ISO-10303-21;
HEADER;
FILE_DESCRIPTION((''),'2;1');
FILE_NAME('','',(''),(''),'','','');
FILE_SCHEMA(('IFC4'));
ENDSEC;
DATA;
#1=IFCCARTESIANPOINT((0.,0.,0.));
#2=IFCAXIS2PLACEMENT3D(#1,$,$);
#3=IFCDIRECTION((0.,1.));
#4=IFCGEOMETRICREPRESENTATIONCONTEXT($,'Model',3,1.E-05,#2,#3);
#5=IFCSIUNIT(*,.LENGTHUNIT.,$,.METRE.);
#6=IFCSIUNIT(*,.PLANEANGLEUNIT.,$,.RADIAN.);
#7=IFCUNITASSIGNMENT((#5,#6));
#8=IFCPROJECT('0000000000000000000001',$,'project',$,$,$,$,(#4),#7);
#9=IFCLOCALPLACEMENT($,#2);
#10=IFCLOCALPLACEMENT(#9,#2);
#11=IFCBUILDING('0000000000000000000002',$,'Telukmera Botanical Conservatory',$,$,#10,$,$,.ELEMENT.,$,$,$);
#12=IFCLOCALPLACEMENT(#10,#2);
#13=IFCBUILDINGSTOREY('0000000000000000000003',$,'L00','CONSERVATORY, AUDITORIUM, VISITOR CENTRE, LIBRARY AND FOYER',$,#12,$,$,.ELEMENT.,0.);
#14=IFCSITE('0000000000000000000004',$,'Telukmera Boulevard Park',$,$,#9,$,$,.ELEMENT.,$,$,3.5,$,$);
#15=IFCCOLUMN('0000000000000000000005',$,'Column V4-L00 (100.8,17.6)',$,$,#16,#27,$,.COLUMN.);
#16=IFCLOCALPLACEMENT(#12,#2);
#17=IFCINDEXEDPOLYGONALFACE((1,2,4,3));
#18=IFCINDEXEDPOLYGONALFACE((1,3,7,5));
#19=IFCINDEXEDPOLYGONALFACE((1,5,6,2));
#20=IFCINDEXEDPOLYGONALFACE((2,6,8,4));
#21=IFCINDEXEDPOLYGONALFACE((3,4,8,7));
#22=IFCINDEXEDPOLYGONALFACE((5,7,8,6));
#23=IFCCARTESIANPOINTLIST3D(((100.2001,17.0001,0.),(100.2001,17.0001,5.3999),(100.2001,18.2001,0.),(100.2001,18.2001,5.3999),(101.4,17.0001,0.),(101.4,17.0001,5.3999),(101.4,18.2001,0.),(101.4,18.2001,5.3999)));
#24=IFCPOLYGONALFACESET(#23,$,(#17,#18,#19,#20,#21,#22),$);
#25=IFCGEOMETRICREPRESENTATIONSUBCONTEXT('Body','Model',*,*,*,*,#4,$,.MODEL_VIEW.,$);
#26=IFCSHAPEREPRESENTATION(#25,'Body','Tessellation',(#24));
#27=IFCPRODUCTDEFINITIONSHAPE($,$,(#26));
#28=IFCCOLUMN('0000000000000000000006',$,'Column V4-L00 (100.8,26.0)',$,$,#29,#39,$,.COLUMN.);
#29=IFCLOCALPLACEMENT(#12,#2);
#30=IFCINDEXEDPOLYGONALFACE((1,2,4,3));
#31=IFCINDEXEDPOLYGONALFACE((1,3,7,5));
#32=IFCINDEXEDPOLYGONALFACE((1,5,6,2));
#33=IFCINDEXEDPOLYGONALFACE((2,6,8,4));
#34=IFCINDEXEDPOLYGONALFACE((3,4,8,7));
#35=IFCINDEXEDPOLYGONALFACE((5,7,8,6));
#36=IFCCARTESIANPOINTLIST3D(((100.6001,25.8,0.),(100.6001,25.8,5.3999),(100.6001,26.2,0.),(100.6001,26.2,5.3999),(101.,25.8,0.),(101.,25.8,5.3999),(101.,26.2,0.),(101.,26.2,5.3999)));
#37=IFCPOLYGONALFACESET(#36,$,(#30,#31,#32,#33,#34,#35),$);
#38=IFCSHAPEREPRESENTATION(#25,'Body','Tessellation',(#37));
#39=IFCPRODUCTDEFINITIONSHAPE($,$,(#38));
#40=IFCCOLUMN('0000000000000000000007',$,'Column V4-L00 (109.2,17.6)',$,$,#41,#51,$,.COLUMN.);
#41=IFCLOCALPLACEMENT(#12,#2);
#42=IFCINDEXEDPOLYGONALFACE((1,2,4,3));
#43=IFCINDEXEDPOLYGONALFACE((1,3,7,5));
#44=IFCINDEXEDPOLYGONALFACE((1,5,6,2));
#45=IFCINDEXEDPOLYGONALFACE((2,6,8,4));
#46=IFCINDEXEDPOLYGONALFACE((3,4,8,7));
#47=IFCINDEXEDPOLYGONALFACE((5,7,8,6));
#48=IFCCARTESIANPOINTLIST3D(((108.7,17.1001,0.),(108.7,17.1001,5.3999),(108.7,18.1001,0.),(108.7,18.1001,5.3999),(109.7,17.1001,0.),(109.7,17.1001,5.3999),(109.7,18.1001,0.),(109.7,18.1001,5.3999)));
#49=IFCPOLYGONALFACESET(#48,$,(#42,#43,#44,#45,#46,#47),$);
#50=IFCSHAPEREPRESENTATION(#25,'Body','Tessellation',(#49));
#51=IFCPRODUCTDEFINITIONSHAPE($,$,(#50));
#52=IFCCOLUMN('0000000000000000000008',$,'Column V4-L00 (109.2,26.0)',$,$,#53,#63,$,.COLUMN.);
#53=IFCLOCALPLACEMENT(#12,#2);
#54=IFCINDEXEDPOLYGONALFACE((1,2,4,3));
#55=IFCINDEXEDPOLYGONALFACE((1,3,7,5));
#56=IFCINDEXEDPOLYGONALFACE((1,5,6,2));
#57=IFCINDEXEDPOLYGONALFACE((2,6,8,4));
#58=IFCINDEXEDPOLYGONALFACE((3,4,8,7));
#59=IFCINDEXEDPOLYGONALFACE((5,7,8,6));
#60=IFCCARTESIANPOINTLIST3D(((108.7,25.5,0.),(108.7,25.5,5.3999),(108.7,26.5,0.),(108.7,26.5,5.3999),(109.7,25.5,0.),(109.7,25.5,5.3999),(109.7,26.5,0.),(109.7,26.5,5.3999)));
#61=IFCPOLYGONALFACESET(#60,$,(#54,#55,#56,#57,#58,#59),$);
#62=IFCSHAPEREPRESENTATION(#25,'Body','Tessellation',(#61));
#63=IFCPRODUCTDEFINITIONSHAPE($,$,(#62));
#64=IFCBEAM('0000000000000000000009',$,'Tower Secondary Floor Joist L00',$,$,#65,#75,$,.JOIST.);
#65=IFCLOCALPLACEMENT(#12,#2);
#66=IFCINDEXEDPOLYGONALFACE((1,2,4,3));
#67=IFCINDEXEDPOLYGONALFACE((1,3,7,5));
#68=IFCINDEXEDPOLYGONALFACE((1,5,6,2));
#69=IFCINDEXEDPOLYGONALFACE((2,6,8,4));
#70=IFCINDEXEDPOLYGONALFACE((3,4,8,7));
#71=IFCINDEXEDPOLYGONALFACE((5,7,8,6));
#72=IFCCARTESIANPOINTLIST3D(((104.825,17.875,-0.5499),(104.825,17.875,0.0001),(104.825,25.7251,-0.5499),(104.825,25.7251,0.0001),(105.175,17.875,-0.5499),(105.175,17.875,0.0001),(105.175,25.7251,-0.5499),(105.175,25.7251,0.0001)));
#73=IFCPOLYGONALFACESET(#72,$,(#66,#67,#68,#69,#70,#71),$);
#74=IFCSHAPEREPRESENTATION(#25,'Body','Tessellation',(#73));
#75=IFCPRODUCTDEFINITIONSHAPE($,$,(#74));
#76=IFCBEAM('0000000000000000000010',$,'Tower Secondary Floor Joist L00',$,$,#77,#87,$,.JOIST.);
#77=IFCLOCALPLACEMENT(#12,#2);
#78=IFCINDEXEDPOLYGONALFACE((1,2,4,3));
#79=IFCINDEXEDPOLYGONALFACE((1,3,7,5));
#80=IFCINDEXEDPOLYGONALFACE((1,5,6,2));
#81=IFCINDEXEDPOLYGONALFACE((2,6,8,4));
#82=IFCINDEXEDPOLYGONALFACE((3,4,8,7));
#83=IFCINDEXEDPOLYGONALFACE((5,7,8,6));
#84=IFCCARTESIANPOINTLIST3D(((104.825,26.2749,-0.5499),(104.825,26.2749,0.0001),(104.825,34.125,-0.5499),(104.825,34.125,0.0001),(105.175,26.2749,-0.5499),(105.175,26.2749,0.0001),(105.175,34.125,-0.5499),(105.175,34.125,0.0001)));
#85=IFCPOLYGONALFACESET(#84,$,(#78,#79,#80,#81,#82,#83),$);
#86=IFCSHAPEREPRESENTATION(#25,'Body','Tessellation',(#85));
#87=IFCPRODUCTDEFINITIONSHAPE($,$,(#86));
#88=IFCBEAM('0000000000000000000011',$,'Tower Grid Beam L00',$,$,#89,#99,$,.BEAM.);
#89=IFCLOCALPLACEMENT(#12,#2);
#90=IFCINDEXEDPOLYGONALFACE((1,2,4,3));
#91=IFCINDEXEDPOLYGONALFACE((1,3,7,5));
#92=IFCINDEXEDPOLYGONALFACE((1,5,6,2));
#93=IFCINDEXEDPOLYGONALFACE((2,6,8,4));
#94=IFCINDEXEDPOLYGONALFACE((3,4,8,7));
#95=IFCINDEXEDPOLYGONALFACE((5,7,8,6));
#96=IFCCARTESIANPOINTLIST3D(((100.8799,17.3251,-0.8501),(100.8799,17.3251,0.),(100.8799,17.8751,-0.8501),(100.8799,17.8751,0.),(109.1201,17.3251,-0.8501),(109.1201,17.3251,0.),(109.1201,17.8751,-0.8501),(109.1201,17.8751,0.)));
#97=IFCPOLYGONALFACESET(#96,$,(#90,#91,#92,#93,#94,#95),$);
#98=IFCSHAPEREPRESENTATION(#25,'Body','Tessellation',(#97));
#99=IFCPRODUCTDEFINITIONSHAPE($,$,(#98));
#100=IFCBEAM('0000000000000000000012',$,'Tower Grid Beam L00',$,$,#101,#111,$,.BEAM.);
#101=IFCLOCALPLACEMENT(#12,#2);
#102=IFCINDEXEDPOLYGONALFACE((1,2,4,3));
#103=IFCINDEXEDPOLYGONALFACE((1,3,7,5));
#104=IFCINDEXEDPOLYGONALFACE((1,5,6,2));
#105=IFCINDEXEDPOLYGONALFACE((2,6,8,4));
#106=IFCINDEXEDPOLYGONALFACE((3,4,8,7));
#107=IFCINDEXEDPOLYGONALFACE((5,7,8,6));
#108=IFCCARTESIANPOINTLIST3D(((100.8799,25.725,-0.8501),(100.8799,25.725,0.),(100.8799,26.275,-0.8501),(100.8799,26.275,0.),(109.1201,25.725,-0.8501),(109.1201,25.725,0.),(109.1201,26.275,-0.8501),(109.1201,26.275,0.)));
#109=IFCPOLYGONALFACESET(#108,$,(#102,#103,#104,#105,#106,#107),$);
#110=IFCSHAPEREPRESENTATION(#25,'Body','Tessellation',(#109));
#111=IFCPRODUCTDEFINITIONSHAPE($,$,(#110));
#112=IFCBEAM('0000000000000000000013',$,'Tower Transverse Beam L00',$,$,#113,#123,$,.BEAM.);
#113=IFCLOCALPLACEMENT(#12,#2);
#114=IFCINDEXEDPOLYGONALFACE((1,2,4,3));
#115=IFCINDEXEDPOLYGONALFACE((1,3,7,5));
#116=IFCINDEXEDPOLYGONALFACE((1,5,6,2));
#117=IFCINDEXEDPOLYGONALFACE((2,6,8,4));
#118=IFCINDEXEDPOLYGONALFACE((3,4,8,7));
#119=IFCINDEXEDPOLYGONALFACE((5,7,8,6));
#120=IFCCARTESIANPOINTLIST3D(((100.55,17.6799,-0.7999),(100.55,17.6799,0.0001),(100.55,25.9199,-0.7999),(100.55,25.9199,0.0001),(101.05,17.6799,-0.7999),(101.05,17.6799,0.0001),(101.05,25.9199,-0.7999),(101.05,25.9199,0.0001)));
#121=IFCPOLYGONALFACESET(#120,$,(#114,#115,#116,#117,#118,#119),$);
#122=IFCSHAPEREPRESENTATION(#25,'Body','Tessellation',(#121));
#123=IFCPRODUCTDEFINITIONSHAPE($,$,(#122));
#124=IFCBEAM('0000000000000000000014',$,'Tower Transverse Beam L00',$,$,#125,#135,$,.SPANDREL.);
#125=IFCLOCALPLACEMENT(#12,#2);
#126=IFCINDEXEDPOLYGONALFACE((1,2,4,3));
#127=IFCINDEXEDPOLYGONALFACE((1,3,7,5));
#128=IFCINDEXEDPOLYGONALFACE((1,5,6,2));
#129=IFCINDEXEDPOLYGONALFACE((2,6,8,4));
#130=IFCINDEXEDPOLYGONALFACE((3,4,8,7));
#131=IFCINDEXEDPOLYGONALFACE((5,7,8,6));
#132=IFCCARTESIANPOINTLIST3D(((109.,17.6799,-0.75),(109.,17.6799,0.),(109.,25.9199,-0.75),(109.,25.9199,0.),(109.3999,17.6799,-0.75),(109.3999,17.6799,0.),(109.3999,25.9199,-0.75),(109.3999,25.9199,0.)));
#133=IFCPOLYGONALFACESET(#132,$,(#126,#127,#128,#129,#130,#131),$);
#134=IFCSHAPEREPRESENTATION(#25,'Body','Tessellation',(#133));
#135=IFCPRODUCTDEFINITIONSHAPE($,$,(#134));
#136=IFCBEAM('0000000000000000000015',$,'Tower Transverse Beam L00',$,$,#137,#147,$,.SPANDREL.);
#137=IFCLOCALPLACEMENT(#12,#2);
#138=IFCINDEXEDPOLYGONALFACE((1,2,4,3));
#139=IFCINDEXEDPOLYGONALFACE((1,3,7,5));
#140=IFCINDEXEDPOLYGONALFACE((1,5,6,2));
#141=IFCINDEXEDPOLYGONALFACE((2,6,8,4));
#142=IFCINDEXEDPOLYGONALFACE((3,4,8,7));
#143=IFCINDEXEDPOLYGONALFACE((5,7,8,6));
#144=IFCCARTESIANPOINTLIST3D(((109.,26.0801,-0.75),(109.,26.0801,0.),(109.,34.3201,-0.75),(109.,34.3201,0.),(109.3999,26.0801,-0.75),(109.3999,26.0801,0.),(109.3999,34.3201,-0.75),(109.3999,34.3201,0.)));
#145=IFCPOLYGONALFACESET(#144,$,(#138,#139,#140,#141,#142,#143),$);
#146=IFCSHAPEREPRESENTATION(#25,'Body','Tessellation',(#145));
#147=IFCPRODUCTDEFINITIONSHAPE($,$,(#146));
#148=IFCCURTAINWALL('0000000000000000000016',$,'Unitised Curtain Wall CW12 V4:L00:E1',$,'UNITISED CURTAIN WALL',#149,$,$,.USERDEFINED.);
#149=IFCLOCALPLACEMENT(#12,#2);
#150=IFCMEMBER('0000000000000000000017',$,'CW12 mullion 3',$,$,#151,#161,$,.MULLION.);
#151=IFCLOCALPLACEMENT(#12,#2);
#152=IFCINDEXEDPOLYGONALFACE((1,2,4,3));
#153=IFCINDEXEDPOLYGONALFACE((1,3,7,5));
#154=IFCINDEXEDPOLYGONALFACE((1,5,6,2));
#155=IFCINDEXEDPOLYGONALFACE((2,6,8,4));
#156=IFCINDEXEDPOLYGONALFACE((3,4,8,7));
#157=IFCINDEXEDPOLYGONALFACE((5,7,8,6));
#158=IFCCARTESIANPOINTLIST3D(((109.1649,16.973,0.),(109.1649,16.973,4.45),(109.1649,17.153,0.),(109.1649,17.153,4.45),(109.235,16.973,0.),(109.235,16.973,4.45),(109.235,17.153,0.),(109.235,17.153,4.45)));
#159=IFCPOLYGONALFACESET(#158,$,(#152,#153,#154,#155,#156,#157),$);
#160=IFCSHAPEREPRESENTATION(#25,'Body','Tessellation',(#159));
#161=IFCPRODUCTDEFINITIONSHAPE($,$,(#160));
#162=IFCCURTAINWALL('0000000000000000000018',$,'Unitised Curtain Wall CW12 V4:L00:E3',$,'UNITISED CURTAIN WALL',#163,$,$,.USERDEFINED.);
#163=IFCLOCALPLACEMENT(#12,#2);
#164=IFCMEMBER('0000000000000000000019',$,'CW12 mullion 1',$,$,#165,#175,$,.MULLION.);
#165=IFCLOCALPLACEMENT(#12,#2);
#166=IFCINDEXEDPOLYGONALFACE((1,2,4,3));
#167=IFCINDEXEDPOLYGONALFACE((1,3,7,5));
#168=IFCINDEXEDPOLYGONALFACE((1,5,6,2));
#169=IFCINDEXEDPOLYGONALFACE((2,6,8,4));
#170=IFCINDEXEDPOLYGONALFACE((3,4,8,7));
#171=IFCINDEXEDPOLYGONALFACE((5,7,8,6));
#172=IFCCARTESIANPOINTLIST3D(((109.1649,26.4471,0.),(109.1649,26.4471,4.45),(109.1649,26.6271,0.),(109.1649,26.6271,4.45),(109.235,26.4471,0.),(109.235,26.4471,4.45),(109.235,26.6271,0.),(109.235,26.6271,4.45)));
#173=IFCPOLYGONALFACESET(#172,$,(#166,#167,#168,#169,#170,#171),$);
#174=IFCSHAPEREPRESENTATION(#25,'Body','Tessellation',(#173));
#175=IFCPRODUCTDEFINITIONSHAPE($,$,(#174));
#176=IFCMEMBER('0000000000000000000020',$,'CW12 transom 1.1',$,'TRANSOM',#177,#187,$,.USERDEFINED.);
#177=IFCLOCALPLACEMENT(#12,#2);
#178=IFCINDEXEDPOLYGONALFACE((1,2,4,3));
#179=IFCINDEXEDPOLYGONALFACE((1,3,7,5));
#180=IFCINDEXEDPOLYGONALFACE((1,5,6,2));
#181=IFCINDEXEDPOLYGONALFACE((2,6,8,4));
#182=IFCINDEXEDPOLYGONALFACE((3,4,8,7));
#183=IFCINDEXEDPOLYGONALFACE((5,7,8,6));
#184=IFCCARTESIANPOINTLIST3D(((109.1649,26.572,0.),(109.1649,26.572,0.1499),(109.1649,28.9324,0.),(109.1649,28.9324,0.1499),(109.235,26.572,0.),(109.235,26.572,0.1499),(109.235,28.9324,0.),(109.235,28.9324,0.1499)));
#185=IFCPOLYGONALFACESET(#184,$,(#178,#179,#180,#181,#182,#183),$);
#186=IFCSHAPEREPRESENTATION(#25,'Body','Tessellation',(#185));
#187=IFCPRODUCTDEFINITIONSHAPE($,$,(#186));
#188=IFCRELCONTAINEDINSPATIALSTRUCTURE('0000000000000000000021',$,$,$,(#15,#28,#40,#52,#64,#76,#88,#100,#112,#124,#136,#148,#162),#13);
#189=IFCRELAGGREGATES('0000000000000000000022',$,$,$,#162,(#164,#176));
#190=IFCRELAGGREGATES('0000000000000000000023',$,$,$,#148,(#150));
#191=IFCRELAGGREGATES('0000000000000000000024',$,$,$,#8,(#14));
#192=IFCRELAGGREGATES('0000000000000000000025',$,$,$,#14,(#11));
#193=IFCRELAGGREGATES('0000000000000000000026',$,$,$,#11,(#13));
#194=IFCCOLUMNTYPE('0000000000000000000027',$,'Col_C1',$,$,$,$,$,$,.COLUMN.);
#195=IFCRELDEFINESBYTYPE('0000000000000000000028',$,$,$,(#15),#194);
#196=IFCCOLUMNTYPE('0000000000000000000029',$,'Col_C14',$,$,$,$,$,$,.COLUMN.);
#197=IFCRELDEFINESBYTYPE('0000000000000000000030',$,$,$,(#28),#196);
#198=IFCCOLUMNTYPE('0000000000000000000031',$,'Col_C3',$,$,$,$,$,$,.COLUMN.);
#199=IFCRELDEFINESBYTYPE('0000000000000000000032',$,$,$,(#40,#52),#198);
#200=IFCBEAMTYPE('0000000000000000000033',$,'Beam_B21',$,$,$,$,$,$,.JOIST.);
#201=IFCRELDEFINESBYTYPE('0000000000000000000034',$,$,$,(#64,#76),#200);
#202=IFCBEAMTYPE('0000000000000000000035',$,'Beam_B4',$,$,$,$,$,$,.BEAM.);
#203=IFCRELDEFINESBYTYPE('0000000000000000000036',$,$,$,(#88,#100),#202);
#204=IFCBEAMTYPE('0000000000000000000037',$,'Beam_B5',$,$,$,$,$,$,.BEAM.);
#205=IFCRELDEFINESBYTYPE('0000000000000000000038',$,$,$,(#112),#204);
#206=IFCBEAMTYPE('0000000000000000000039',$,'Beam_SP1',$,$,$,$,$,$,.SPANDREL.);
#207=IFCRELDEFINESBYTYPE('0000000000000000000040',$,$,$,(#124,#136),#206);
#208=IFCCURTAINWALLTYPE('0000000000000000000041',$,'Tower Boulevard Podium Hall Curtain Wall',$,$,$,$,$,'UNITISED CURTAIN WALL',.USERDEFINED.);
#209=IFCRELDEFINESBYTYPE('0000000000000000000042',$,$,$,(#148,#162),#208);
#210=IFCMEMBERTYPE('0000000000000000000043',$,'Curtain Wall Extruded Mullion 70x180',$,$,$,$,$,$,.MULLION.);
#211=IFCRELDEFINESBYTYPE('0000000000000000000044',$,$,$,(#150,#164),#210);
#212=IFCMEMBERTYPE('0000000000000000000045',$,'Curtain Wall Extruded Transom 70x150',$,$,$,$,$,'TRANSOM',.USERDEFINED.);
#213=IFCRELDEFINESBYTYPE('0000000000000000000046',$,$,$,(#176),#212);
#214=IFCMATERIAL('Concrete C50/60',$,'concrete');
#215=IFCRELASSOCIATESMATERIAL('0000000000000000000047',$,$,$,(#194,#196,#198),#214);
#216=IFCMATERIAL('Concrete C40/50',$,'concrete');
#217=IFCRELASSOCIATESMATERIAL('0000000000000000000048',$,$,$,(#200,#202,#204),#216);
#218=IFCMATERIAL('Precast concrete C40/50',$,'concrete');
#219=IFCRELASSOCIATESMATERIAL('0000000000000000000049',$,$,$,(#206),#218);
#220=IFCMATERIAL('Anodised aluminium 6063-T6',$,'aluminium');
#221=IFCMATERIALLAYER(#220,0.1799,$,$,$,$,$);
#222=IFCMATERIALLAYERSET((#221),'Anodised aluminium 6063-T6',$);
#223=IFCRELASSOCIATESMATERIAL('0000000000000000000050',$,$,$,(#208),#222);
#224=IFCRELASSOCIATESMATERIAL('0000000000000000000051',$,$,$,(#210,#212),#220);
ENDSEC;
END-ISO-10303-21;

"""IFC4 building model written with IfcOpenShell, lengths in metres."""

from ifc_helpers import new_model, si_unit, direction, frame, origin, origin_2d, place, context, subcontext, project, spatial, rectangle, extrude, material, layer, layer_set, material_profile, profile_set, type_object, element, aggregate, save


model = new_model("IFC4")

# Units and contexts
model_context = context("Model", 3, precision=1e-05, world=origin(), true_north=direction((0.0, 1.0)))
body_context = subcontext(model_context, "Body", "Model", "MODEL_VIEW")
ifc_project = project(units=[si_unit("LENGTHUNIT", "METRE"), si_unit("PLANEANGLEUNIT", "RADIAN")], contexts=[model_context])

# Site, building, storey
site_placement = place(None, origin())
site = spatial("IfcSite", under=ifc_project, at=site_placement, Name="Telukmera Boulevard Park", CompositionType="ELEMENT", RefElevation=3.5)
building_placement = place(site_placement, origin())
building = spatial("IfcBuilding", under=site, at=building_placement, Name="Telukmera Botanical Conservatory", CompositionType="ELEMENT")
storey_placement = place(building_placement, origin())
storey = spatial("IfcBuildingStorey", under=building, at=storey_placement, Name="L00", Description="CONSERVATORY, AUDITORIUM, VISITOR CENTRE, LIBRARY AND FOYER", CompositionType="ELEMENT", Elevation=0.0)

# Columns
ifc_material_1 = material(Name="Concrete C50/60", Category="concrete")
ifc_material_profile_1 = material_profile(ifc_material_1, rectangle(XDim=1.2, YDim=1.2, at=origin_2d()), Name="RC 1200x1200")
ifc_profile_set_1 = profile_set([ifc_material_profile_1], Name="Concrete C50/60")
column_type_1 = type_object("IfcColumnType", Name="Col_C1", PredefinedType="COLUMN", material=ifc_profile_set_1)
column_1_placement = place(storey_placement, frame((100.8, 17.6001, 0.0), z_axis=(0.0, 0.0, 1.0), x_axis=(1.0, 0.0, 0.0)))
element("IfcColumn", 1, at=column_1_placement, inside=storey, type_object=column_type_1, Name="Column V4-L00 (100.8,17.6)", PredefinedType="COLUMN", context=body_context, shape_type="SweptSolid", body=[
    extrude(rectangle(XDim=1.2, YDim=1.2, at=origin_2d()), origin(), (0.0, 0.0, 1.0), 5.3999),
])
ifc_material_profile_2 = material_profile(ifc_material_1, rectangle(XDim=0.3999, YDim=0.3999, at=origin_2d()), Name="RC 400x400")
ifc_profile_set_2 = profile_set([ifc_material_profile_2], Name="Concrete C50/60")
column_type_2 = type_object("IfcColumnType", Name="Col_C14", PredefinedType="COLUMN", material=ifc_profile_set_2)
column_2_placement = place(storey_placement, frame((100.8, 26.0, 0.0), z_axis=(0.0, 0.0, 1.0), x_axis=(1.0, 0.0, 0.0)))
element("IfcColumn", 2, at=column_2_placement, inside=storey, type_object=column_type_2, Name="Column V4-L00 (100.8,26.0)", PredefinedType="COLUMN", context=body_context, shape_type="SweptSolid", body=[
    extrude(rectangle(XDim=0.3999, YDim=0.3999, at=origin_2d()), origin(), (0.0, 0.0, 1.0), 5.3999),
])
ifc_material_profile_3 = material_profile(ifc_material_1, rectangle(XDim=1.0, YDim=1.0, at=origin_2d()), Name="RC 1000x1000")
ifc_profile_set_3 = profile_set([ifc_material_profile_3], Name="Concrete C50/60")
column_type_3 = type_object("IfcColumnType", Name="Col_C3", PredefinedType="COLUMN", material=ifc_profile_set_3)
for number, where, z_axis, x_axis, name in (
    (3, (109.2, 17.6001, 0.0), (0.0, 0.0, 1.0), (1.0, 0.0, 0.0), "Column V4-L00 (109.2,17.6)"),
    (4, (109.2, 26.0, 0.0), (0.0, 0.0, 1.0), (1.0, 0.0, 0.0), "Column V4-L00 (109.2,26.0)"),
):
    element("IfcColumn", number, at=place(storey_placement, frame(where, z_axis=z_axis, x_axis=x_axis)), inside=storey, type_object=column_type_3, Name=name, PredefinedType="COLUMN", context=body_context, shape_type="SweptSolid", body=[
        extrude(rectangle(XDim=1.0, YDim=1.0, at=origin_2d()), origin(), (0.0, 0.0, 1.0), 5.3999),
    ])

# Beams
ifc_material_2 = material(Name="Concrete C40/50", Category="concrete")
ifc_material_profile_4 = material_profile(ifc_material_2, rectangle(XDim=0.3501, YDim=0.55, at=origin_2d()), Name="RC 350x550")
ifc_profile_set_4 = profile_set([ifc_material_profile_4], Name="Concrete C40/50")
beam_type_1 = type_object("IfcBeamType", Name="Beam_B21", PredefinedType="JOIST", material=ifc_profile_set_4)
for number, where, z_axis, x_axis, name in (
    (5, (105.0, 17.875, -0.2749), (0.0, 1.0, 0.0), (-1.0, 0.0, 0.0), "Tower Secondary Floor Joist L00"),
    (6, (105.0, 26.2749, -0.2749), (0.0, 1.0, 0.0), (-1.0, 0.0, 0.0), "Tower Secondary Floor Joist L00"),
):
    element("IfcBeam", number, at=place(storey_placement, frame(where, z_axis=z_axis, x_axis=x_axis)), inside=storey, type_object=beam_type_1, Name=name, PredefinedType="JOIST", context=body_context, shape_type="SweptSolid", body=[
        extrude(rectangle(XDim=0.3501, YDim=0.55, at=origin_2d()), origin(), (0.0, 0.0, 1.0), 7.8501),
    ])
ifc_material_profile_5 = material_profile(ifc_material_2, rectangle(XDim=0.55, YDim=0.8501, at=origin_2d()), Name="RC 550x850")
ifc_profile_set_5 = profile_set([ifc_material_profile_5], Name="Concrete C40/50")
beam_type_2 = type_object("IfcBeamType", Name="Beam_B4", PredefinedType="BEAM", material=ifc_profile_set_5)
for number, where, z_axis, x_axis, name in (
    (7, (100.8799, 17.6001, -0.425), (1.0, 0.0, 0.0), (0.0, 1.0, 0.0), "Tower Grid Beam L00"),
    (8, (100.8799, 26.0, -0.425), (1.0, 0.0, 0.0), (0.0, 1.0, 0.0), "Tower Grid Beam L00"),
):
    element("IfcBeam", number, at=place(storey_placement, frame(where, z_axis=z_axis, x_axis=x_axis)), inside=storey, type_object=beam_type_2, Name=name, PredefinedType="BEAM", context=body_context, shape_type="SweptSolid", body=[
        extrude(rectangle(XDim=0.55, YDim=0.8501, at=origin_2d()), origin(), (0.0, 0.0, 1.0), 8.2402),
    ])
ifc_material_profile_6 = material_profile(ifc_material_2, rectangle(XDim=0.5, YDim=0.8, at=origin_2d()), Name="RC 500x800")
ifc_profile_set_6 = profile_set([ifc_material_profile_6], Name="Concrete C40/50")
beam_type_3 = type_object("IfcBeamType", Name="Beam_B5", PredefinedType="BEAM", material=ifc_profile_set_6)
beam_placement = place(storey_placement, frame((100.8, 17.6799, -0.3999), z_axis=(0.0, 1.0, 0.0), x_axis=(-1.0, 0.0, 0.0)))
element("IfcBeam", 9, at=beam_placement, inside=storey, type_object=beam_type_3, Name="Tower Transverse Beam L00", PredefinedType="BEAM", context=body_context, shape_type="SweptSolid", body=[
    extrude(rectangle(XDim=0.5, YDim=0.8, at=origin_2d()), origin(), (0.0, 0.0, 1.0), 8.24),
])
ifc_material_3 = material(Name="Precast concrete C40/50", Category="concrete")
ifc_material_profile_7 = material_profile(ifc_material_3, rectangle(XDim=0.3999, YDim=0.75, at=origin_2d()), Name="PC 400x750")
ifc_profile_set_7 = profile_set([ifc_material_profile_7], Name="Precast concrete C40/50")
beam_type_4 = type_object("IfcBeamType", Name="Beam_SP1", PredefinedType="SPANDREL", material=ifc_profile_set_7)
for number, where, z_axis, x_axis, name in (
    (10, (109.2, 17.6799, -0.375), (0.0, 1.0, 0.0), (-1.0, 0.0, 0.0), "Tower Transverse Beam L00"),
    (11, (109.2, 26.0801, -0.375), (0.0, 1.0, 0.0), (-1.0, 0.0, 0.0), "Tower Transverse Beam L00"),
):
    element("IfcBeam", number, at=place(storey_placement, frame(where, z_axis=z_axis, x_axis=x_axis)), inside=storey, type_object=beam_type_4, Name=name, PredefinedType="SPANDREL", context=body_context, shape_type="SweptSolid", body=[
        extrude(rectangle(XDim=0.3999, YDim=0.75, at=origin_2d()), origin(), (0.0, 0.0, 1.0), 8.24),
    ])

# Curtain wall, member
ifc_material_4 = material(Name="Anodised aluminium 6063-T6", Category="aluminium")
ifc_layer_1 = layer(ifc_material_4, 0.1799)
ifc_layer_set_1 = layer_set([ifc_layer_1], Name="Anodised aluminium 6063-T6")
curtain_wall_type = type_object("IfcCurtainWallType", Name="Tower Boulevard Podium Hall Curtain Wall", ElementType="UNITISED CURTAIN WALL", PredefinedType="USERDEFINED", material=ifc_layer_set_1)
curtain_wall_1_placement = place(storey_placement, origin())
curtain_wall_1 = element("IfcCurtainWall", 12, at=curtain_wall_1_placement, inside=storey, type_object=curtain_wall_type, Name="Unitised Curtain Wall CW12 V4:L00:E1", ObjectType="UNITISED CURTAIN WALL", PredefinedType="USERDEFINED")
ifc_material_profile_8 = material_profile(ifc_material_4, rectangle(XDim=0.0701, YDim=0.1799, at=origin_2d()), Name="ALU MULL 70x180")
ifc_profile_set_8 = profile_set([ifc_material_profile_8], Name="Anodised aluminium 6063-T6")
member_type_1 = type_object("IfcMemberType", Name="Curtain Wall Extruded Mullion 70x180", PredefinedType="MULLION", material=ifc_profile_set_8)
member_1_placement = place(storey_placement, frame((109.2, 17.063, 0.0), z_axis=(0.0, 0.0, 1.0), x_axis=(-1.0, 0.0, 0.0)))
member_1 = element("IfcMember", 13, at=member_1_placement, type_object=member_type_1, Name="CW12 mullion 3", PredefinedType="MULLION", context=body_context, shape_type="SweptSolid", body=[
    extrude(rectangle(XDim=0.0701, YDim=0.1799, at=origin_2d()), origin(), (0.0, 0.0, 1.0), 4.45),
])

# Curtain wall, members
curtain_wall_2_placement = place(storey_placement, origin())
curtain_wall_2 = element("IfcCurtainWall", 14, at=curtain_wall_2_placement, inside=storey, type_object=curtain_wall_type, Name="Unitised Curtain Wall CW12 V4:L00:E3", ObjectType="UNITISED CURTAIN WALL", PredefinedType="USERDEFINED")
member_2_placement = place(storey_placement, frame((109.2, 26.5371, 0.0), z_axis=(0.0, 0.0, 1.0), x_axis=(-1.0, 0.0, 0.0)))
member_2 = element("IfcMember", 15, at=member_2_placement, type_object=member_type_1, Name="CW12 mullion 1", PredefinedType="MULLION", context=body_context, shape_type="SweptSolid", body=[
    extrude(rectangle(XDim=0.0701, YDim=0.1799, at=origin_2d()), origin(), (0.0, 0.0, 1.0), 4.45),
])
ifc_material_profile_9 = material_profile(ifc_material_4, rectangle(XDim=0.0701, YDim=0.1499, at=origin_2d()), Name="ALU TRAN 70x150")
ifc_profile_set_9 = profile_set([ifc_material_profile_9], Name="Anodised aluminium 6063-T6")
member_type_2 = type_object("IfcMemberType", Name="Curtain Wall Extruded Transom 70x150", ElementType="TRANSOM", PredefinedType="USERDEFINED", material=ifc_profile_set_9)
member_3_placement = place(storey_placement, frame((109.2, 26.572, 0.075), z_axis=(0.0, 1.0, 0.0), x_axis=(-1.0, 0.0, 0.0)))
member_3 = element("IfcMember", 16, at=member_3_placement, type_object=member_type_2, Name="CW12 transom 1.1", ObjectType="TRANSOM", PredefinedType="USERDEFINED", context=body_context, shape_type="SweptSolid", body=[
    extrude(rectangle(XDim=0.0701, YDim=0.1499, at=origin_2d()), origin(), (0.0, 0.0, 1.0), 2.3604),
])
aggregate(curtain_wall_2, [member_2, member_3])

aggregate(curtain_wall_1, [member_1])

save(model, "model.ifc")
